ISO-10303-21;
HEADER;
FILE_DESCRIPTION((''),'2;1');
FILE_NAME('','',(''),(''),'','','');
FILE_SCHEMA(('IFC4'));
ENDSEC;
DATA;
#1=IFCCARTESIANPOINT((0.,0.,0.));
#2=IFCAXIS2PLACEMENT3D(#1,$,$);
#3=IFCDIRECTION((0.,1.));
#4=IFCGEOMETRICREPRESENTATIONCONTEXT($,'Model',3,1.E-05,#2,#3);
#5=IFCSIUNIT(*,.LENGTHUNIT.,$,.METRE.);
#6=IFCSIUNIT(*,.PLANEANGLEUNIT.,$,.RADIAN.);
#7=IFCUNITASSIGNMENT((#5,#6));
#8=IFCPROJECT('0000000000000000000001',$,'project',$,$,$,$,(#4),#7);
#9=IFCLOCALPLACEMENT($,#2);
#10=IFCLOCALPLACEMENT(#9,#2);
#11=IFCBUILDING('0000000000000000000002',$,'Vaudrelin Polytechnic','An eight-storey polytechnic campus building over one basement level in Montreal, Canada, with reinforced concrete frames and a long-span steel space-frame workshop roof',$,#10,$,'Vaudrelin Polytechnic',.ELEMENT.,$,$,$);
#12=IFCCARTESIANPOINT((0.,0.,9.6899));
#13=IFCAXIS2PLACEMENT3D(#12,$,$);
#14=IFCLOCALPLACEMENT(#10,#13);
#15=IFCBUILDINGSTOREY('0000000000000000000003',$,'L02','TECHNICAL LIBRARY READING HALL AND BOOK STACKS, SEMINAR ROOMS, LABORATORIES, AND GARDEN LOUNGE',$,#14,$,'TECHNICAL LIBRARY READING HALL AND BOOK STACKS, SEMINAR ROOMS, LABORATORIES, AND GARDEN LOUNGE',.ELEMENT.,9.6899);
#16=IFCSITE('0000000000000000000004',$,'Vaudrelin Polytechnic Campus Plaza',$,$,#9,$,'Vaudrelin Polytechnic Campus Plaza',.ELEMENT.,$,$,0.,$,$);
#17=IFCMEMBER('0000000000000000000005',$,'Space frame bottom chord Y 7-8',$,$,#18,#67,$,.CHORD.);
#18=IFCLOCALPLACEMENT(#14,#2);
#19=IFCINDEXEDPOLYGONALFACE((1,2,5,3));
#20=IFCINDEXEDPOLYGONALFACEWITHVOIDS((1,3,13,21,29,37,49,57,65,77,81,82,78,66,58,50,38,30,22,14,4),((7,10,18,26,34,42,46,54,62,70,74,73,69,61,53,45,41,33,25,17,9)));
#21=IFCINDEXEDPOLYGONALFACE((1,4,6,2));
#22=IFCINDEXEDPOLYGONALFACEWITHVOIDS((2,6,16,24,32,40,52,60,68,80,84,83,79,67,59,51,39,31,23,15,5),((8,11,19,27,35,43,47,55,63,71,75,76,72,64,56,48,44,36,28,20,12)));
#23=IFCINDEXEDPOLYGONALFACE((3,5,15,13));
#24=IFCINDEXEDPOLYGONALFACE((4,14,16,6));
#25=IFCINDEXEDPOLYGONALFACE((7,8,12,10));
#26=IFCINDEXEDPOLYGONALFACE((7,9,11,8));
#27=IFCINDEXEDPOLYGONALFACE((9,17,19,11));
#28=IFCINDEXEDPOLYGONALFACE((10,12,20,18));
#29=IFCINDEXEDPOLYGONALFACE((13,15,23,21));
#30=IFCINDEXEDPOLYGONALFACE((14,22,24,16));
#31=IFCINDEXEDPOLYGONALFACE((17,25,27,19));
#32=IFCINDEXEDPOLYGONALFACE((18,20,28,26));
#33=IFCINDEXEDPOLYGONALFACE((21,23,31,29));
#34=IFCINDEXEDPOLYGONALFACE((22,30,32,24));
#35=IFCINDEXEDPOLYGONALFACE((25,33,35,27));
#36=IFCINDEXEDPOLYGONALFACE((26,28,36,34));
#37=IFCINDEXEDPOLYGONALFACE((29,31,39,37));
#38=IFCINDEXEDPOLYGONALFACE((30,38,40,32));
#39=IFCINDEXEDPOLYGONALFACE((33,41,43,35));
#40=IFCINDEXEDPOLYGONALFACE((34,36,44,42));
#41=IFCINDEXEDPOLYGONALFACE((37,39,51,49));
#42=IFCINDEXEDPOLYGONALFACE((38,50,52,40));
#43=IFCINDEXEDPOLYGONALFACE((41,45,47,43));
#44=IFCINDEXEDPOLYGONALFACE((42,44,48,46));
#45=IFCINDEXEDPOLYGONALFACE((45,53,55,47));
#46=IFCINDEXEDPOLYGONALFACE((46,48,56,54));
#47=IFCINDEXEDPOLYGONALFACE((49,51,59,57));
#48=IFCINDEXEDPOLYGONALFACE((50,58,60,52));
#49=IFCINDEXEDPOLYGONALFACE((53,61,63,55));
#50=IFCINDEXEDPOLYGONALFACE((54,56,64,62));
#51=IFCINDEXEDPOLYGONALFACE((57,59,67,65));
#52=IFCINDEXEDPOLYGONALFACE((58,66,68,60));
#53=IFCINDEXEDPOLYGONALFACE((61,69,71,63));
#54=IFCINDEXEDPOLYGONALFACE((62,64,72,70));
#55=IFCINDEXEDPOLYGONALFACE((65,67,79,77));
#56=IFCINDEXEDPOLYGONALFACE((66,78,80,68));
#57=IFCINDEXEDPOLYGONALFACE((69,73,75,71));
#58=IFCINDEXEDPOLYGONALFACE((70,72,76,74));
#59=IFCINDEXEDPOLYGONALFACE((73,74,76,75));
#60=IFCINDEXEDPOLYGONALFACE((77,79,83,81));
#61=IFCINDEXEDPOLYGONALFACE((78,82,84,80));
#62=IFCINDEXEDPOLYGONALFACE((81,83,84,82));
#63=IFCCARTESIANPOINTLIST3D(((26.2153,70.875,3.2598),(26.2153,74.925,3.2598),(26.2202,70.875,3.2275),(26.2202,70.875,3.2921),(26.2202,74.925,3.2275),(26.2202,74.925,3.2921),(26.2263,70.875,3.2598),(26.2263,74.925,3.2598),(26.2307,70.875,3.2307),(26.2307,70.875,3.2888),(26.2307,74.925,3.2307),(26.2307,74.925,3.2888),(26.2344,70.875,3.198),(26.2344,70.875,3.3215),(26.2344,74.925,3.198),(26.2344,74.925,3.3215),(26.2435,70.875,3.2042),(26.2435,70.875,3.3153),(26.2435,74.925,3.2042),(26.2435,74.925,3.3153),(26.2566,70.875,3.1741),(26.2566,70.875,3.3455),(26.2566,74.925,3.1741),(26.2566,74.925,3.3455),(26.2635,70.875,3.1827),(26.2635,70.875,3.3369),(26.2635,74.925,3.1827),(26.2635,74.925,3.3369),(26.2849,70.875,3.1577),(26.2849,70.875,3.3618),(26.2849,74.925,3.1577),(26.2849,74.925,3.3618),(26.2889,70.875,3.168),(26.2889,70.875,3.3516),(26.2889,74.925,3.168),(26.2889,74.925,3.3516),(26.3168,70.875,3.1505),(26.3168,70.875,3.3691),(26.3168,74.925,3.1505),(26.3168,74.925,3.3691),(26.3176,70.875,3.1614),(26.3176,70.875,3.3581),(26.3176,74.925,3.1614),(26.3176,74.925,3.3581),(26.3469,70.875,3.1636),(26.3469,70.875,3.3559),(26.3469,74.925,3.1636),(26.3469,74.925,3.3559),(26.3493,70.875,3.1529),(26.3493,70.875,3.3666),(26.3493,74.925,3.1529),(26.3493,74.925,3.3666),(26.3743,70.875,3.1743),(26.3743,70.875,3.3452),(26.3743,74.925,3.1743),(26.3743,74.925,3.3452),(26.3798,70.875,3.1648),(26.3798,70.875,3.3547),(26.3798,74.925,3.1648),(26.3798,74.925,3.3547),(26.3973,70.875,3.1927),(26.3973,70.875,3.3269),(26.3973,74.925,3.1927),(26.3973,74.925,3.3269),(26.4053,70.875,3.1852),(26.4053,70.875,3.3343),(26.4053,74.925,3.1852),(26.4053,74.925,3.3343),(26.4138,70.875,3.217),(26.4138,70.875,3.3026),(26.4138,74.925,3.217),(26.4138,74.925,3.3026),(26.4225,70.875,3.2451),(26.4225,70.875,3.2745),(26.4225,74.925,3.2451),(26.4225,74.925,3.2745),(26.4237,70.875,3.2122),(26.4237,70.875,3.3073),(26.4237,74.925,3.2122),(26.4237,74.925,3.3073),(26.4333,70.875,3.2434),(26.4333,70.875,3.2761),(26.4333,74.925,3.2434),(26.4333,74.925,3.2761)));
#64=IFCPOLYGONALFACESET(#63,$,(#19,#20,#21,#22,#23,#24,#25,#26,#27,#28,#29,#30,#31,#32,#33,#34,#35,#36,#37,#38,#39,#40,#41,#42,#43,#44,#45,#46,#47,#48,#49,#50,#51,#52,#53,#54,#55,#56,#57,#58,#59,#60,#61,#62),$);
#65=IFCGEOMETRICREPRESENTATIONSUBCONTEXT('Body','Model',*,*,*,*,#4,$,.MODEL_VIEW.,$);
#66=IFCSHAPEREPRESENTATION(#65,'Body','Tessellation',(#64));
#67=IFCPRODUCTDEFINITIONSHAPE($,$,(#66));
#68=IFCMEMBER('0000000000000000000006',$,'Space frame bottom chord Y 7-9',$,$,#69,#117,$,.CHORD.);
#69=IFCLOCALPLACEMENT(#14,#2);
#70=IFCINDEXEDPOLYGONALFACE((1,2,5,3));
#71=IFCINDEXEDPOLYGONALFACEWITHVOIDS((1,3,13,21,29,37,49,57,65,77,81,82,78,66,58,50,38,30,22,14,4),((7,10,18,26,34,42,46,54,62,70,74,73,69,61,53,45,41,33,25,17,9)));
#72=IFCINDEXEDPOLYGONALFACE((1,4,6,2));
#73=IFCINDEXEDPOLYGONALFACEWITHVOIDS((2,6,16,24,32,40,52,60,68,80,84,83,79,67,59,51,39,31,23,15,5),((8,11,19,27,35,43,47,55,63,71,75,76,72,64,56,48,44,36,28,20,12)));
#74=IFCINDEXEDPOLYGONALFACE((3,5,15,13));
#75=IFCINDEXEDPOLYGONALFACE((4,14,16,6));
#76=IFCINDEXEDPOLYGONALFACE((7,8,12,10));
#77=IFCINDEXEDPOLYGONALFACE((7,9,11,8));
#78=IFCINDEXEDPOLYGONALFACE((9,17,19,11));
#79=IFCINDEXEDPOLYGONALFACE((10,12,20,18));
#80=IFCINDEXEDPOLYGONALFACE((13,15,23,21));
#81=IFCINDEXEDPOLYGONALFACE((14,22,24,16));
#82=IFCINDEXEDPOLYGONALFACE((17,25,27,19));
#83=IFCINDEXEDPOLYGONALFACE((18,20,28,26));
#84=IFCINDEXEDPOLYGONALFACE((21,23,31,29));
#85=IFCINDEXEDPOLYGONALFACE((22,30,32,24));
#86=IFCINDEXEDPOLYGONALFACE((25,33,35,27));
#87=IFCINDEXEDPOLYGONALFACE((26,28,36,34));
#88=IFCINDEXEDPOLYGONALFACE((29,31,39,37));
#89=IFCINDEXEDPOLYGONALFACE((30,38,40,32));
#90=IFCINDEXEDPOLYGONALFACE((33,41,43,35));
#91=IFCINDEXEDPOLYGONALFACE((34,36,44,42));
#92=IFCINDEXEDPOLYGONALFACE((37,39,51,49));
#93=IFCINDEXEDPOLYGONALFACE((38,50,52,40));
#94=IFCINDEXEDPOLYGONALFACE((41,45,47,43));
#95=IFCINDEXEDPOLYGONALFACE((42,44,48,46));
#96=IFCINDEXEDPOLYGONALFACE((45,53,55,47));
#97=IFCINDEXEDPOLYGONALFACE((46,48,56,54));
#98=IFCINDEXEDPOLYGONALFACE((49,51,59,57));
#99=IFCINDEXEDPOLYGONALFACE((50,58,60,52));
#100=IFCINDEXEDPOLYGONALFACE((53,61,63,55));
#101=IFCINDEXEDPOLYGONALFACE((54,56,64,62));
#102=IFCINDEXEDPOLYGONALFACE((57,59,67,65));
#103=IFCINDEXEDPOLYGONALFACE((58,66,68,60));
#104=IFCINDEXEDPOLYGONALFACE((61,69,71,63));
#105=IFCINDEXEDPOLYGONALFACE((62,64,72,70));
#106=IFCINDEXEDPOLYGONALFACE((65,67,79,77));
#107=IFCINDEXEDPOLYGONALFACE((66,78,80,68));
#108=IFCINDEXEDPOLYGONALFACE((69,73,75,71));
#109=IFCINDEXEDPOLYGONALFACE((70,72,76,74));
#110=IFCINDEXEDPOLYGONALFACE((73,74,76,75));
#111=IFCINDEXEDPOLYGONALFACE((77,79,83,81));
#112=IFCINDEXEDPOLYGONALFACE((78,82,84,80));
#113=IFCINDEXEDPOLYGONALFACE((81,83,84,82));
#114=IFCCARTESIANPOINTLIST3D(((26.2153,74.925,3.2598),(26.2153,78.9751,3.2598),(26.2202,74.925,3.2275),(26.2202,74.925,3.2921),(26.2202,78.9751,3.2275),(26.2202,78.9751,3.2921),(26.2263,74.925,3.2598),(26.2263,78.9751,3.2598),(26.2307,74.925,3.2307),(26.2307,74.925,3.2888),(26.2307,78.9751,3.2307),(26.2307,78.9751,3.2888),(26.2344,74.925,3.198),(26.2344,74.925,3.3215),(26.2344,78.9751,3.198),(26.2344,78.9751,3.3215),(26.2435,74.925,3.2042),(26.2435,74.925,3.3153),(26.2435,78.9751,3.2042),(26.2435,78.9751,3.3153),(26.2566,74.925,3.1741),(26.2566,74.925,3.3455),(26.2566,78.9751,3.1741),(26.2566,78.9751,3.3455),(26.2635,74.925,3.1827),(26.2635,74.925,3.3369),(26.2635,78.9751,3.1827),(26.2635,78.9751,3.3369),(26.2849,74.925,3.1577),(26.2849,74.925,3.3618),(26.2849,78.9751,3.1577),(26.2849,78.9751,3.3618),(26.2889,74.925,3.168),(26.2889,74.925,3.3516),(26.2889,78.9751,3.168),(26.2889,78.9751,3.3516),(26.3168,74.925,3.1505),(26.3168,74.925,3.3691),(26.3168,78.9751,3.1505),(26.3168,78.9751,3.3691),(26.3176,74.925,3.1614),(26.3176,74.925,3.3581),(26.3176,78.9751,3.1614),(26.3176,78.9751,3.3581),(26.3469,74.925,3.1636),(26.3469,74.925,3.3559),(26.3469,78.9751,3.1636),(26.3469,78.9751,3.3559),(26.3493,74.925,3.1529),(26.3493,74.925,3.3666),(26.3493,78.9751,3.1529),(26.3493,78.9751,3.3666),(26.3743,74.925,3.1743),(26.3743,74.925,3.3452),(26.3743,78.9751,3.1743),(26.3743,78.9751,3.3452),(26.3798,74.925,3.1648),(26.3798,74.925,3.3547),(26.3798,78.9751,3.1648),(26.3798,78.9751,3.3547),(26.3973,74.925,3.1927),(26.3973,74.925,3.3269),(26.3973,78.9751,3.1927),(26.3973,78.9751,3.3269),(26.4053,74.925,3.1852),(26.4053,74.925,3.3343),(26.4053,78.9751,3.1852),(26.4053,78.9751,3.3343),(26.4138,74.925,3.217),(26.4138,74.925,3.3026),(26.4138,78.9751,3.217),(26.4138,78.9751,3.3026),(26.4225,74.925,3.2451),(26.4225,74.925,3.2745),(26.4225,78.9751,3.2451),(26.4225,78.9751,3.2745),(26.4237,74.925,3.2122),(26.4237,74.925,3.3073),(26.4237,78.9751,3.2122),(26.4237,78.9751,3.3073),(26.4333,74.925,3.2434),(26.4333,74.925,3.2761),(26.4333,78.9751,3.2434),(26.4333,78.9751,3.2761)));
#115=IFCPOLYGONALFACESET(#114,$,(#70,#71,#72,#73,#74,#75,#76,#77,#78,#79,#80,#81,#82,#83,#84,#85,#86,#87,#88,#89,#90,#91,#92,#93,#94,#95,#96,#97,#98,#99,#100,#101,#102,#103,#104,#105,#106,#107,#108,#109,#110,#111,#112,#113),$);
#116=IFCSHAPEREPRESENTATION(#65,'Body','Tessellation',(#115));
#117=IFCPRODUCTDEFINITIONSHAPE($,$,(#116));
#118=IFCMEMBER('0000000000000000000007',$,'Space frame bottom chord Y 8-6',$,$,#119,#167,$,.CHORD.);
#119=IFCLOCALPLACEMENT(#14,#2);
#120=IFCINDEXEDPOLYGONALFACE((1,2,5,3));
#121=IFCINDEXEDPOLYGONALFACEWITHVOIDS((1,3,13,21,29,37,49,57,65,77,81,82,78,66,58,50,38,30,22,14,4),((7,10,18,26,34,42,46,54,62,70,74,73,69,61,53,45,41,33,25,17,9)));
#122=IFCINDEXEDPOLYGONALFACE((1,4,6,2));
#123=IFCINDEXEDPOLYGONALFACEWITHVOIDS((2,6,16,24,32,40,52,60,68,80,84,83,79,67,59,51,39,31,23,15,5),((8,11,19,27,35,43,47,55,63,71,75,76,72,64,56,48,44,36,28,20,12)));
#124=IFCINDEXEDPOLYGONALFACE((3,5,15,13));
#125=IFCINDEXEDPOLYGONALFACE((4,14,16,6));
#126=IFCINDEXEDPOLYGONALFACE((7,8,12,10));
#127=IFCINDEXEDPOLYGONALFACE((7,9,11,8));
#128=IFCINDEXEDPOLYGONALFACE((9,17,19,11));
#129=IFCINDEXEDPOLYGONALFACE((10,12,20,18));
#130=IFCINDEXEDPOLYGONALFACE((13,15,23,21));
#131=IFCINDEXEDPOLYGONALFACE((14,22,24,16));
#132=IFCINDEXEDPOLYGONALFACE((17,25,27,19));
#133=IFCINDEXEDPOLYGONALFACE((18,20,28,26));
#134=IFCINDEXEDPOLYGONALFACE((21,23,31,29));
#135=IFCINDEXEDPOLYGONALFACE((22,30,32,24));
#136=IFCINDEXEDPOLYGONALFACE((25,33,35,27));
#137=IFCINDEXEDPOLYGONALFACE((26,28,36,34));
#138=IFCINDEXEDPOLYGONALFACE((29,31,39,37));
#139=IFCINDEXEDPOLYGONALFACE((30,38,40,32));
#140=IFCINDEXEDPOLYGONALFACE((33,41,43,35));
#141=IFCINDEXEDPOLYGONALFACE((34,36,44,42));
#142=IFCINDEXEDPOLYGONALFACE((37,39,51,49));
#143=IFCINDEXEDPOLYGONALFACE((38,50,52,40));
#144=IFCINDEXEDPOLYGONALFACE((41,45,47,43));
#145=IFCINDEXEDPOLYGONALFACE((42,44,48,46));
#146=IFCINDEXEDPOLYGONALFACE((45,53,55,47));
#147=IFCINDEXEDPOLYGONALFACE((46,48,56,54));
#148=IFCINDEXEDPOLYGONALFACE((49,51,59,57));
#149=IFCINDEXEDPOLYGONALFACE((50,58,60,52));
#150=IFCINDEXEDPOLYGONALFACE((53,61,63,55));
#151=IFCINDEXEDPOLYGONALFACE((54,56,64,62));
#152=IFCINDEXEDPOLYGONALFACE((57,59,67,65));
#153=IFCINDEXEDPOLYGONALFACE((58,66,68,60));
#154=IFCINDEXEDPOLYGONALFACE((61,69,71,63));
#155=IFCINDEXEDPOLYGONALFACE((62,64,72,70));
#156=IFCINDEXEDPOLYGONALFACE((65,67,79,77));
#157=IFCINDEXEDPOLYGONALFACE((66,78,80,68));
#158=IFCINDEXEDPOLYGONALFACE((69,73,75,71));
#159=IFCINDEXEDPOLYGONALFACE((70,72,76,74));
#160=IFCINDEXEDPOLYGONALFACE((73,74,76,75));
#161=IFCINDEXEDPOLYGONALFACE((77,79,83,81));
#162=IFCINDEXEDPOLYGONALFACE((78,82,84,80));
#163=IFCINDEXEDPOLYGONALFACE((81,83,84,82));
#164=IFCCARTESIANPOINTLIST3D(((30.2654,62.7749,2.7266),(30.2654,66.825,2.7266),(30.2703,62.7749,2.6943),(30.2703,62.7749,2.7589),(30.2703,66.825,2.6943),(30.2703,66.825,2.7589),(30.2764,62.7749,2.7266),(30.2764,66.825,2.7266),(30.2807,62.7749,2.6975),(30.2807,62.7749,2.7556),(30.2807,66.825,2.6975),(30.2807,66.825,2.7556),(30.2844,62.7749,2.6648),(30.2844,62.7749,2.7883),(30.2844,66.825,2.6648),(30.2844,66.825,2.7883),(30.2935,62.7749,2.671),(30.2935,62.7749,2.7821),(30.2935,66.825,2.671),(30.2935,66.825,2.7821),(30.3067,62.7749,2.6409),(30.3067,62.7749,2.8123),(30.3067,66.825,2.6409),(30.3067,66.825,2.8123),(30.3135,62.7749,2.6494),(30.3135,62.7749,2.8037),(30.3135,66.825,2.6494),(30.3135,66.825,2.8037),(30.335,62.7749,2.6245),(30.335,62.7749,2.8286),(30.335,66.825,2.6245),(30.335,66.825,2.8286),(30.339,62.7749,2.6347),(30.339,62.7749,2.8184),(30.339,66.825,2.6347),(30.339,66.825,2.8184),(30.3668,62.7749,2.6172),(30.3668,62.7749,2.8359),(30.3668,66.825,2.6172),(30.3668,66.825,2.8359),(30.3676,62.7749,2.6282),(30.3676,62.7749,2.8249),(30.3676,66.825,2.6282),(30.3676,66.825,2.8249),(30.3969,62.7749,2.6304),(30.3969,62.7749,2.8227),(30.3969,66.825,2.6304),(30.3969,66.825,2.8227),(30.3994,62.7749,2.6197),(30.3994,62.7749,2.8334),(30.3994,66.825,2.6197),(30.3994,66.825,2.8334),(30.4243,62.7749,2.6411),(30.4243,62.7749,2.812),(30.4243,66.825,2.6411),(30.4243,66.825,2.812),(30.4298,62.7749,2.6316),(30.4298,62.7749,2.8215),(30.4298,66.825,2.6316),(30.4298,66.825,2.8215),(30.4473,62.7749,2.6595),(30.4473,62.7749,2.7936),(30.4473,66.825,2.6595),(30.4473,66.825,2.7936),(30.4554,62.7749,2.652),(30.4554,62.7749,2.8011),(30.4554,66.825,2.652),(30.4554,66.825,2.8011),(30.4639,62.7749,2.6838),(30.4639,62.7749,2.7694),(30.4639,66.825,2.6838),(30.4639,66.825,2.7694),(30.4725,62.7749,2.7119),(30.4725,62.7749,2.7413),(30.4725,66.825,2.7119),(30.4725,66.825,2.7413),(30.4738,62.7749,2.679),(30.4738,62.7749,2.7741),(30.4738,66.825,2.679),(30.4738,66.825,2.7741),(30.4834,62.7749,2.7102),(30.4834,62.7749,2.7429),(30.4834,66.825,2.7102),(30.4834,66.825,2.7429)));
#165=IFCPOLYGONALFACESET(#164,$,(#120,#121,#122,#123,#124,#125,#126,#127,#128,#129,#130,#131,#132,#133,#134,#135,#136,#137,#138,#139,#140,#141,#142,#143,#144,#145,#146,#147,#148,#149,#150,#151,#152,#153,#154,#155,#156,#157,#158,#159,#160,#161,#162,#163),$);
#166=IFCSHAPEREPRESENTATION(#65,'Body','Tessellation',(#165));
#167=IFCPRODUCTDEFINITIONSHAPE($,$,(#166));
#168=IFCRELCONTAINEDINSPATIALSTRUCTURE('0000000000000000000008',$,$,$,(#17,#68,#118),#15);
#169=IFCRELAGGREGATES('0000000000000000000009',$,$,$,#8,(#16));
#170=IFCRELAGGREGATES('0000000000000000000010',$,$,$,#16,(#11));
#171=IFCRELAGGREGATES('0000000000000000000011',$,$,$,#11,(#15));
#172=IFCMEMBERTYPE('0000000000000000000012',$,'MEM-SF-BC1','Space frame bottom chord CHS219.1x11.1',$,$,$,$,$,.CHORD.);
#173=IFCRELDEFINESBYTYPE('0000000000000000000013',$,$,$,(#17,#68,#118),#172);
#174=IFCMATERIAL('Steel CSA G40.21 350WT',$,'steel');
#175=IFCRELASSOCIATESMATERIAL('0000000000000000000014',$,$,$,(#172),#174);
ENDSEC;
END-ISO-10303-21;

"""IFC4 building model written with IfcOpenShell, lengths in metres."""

from ifc_helpers import new_model, si_unit, direction, frame, origin, origin_2d, place, context, subcontext, project, spatial, hollow_circle, extrude, material, material_profile, profile_set, type_object, element, save


model = new_model("IFC4")

# Units and contexts
model_context = context("Model", 3, precision=1e-05, world=origin(), true_north=direction((0.0, 1.0)))
body_context = subcontext(model_context, "Body", "Model", "MODEL_VIEW")
ifc_project = project(units=[si_unit("LENGTHUNIT", "METRE"), si_unit("PLANEANGLEUNIT", "RADIAN")], contexts=[model_context])

# Site, building, storey
site_placement = place(None, origin())
site = spatial("IfcSite", under=ifc_project, at=site_placement, Name="Vaudrelin Polytechnic Campus Plaza", LongName="Vaudrelin Polytechnic Campus Plaza", CompositionType="ELEMENT", RefElevation=0.0)
building_placement = place(site_placement, origin())
building = spatial("IfcBuilding", under=site, at=building_placement, Name="Vaudrelin Polytechnic", Description="An eight-storey polytechnic campus building over one basement level in Montreal, Canada, with reinforced concrete frames and a long-span steel space-frame workshop roof", LongName="Vaudrelin Polytechnic", CompositionType="ELEMENT")
storey_placement = place(building_placement, frame((0.0, 0.0, 9.6899)))
storey = spatial("IfcBuildingStorey", under=building, at=storey_placement, Name="L02", Description="TECHNICAL LIBRARY READING HALL AND BOOK STACKS, SEMINAR ROOMS, LABORATORIES, AND GARDEN LOUNGE", LongName="TECHNICAL LIBRARY READING HALL AND BOOK STACKS, SEMINAR ROOMS, LABORATORIES, AND GARDEN LOUNGE", CompositionType="ELEMENT", Elevation=9.6899)

# Shared definitions
ifc_material_1 = material(Name="Steel CSA G40.21 350WT", Category="steel")

# Members
ifc_material_profile_1 = material_profile(ifc_material_1, hollow_circle(Radius=0.1096, WallThickness=0.011, at=origin_2d()), Name="CHS219.1x11.1")
ifc_profile_set_1 = profile_set([ifc_material_profile_1], Name="Steel CSA G40.21 350WT")
member_type_1 = type_object("IfcMemberType", Name="MEM-SF-BC1", Description="Space frame bottom chord CHS219.1x11.1", PredefinedType="CHORD", material=ifc_profile_set_1)
for number, where, z_axis, x_axis, name in (
    (1, (26.325, 70.875, 3.2598), (0.0, 1.0, 0.0), (-1.0, 0.0, 0.0), "Space frame bottom chord Y 7-8"),
    (2, (26.325, 74.925, 3.2598), (0.0, 1.0, 0.0), (-1.0, 0.0, 0.0), "Space frame bottom chord Y 7-9"),
    (3, (30.375, 62.7749, 2.7266), (0.0, 1.0, 0.0), (-1.0, 0.0, 0.0), "Space frame bottom chord Y 8-6"),
):
    element("IfcMember", number, at=place(storey_placement, frame(where, z_axis=z_axis, x_axis=x_axis)), inside=storey, type_object=member_type_1, Name=name, PredefinedType="CHORD", context=body_context, shape_type="SweptSolid", body=[
        extrude(hollow_circle(Radius=0.1096, WallThickness=0.011, at=origin_2d()), origin(), (0.0, 0.0, 1.0), 4.05),
    ])

save(model, "model.ifc")
